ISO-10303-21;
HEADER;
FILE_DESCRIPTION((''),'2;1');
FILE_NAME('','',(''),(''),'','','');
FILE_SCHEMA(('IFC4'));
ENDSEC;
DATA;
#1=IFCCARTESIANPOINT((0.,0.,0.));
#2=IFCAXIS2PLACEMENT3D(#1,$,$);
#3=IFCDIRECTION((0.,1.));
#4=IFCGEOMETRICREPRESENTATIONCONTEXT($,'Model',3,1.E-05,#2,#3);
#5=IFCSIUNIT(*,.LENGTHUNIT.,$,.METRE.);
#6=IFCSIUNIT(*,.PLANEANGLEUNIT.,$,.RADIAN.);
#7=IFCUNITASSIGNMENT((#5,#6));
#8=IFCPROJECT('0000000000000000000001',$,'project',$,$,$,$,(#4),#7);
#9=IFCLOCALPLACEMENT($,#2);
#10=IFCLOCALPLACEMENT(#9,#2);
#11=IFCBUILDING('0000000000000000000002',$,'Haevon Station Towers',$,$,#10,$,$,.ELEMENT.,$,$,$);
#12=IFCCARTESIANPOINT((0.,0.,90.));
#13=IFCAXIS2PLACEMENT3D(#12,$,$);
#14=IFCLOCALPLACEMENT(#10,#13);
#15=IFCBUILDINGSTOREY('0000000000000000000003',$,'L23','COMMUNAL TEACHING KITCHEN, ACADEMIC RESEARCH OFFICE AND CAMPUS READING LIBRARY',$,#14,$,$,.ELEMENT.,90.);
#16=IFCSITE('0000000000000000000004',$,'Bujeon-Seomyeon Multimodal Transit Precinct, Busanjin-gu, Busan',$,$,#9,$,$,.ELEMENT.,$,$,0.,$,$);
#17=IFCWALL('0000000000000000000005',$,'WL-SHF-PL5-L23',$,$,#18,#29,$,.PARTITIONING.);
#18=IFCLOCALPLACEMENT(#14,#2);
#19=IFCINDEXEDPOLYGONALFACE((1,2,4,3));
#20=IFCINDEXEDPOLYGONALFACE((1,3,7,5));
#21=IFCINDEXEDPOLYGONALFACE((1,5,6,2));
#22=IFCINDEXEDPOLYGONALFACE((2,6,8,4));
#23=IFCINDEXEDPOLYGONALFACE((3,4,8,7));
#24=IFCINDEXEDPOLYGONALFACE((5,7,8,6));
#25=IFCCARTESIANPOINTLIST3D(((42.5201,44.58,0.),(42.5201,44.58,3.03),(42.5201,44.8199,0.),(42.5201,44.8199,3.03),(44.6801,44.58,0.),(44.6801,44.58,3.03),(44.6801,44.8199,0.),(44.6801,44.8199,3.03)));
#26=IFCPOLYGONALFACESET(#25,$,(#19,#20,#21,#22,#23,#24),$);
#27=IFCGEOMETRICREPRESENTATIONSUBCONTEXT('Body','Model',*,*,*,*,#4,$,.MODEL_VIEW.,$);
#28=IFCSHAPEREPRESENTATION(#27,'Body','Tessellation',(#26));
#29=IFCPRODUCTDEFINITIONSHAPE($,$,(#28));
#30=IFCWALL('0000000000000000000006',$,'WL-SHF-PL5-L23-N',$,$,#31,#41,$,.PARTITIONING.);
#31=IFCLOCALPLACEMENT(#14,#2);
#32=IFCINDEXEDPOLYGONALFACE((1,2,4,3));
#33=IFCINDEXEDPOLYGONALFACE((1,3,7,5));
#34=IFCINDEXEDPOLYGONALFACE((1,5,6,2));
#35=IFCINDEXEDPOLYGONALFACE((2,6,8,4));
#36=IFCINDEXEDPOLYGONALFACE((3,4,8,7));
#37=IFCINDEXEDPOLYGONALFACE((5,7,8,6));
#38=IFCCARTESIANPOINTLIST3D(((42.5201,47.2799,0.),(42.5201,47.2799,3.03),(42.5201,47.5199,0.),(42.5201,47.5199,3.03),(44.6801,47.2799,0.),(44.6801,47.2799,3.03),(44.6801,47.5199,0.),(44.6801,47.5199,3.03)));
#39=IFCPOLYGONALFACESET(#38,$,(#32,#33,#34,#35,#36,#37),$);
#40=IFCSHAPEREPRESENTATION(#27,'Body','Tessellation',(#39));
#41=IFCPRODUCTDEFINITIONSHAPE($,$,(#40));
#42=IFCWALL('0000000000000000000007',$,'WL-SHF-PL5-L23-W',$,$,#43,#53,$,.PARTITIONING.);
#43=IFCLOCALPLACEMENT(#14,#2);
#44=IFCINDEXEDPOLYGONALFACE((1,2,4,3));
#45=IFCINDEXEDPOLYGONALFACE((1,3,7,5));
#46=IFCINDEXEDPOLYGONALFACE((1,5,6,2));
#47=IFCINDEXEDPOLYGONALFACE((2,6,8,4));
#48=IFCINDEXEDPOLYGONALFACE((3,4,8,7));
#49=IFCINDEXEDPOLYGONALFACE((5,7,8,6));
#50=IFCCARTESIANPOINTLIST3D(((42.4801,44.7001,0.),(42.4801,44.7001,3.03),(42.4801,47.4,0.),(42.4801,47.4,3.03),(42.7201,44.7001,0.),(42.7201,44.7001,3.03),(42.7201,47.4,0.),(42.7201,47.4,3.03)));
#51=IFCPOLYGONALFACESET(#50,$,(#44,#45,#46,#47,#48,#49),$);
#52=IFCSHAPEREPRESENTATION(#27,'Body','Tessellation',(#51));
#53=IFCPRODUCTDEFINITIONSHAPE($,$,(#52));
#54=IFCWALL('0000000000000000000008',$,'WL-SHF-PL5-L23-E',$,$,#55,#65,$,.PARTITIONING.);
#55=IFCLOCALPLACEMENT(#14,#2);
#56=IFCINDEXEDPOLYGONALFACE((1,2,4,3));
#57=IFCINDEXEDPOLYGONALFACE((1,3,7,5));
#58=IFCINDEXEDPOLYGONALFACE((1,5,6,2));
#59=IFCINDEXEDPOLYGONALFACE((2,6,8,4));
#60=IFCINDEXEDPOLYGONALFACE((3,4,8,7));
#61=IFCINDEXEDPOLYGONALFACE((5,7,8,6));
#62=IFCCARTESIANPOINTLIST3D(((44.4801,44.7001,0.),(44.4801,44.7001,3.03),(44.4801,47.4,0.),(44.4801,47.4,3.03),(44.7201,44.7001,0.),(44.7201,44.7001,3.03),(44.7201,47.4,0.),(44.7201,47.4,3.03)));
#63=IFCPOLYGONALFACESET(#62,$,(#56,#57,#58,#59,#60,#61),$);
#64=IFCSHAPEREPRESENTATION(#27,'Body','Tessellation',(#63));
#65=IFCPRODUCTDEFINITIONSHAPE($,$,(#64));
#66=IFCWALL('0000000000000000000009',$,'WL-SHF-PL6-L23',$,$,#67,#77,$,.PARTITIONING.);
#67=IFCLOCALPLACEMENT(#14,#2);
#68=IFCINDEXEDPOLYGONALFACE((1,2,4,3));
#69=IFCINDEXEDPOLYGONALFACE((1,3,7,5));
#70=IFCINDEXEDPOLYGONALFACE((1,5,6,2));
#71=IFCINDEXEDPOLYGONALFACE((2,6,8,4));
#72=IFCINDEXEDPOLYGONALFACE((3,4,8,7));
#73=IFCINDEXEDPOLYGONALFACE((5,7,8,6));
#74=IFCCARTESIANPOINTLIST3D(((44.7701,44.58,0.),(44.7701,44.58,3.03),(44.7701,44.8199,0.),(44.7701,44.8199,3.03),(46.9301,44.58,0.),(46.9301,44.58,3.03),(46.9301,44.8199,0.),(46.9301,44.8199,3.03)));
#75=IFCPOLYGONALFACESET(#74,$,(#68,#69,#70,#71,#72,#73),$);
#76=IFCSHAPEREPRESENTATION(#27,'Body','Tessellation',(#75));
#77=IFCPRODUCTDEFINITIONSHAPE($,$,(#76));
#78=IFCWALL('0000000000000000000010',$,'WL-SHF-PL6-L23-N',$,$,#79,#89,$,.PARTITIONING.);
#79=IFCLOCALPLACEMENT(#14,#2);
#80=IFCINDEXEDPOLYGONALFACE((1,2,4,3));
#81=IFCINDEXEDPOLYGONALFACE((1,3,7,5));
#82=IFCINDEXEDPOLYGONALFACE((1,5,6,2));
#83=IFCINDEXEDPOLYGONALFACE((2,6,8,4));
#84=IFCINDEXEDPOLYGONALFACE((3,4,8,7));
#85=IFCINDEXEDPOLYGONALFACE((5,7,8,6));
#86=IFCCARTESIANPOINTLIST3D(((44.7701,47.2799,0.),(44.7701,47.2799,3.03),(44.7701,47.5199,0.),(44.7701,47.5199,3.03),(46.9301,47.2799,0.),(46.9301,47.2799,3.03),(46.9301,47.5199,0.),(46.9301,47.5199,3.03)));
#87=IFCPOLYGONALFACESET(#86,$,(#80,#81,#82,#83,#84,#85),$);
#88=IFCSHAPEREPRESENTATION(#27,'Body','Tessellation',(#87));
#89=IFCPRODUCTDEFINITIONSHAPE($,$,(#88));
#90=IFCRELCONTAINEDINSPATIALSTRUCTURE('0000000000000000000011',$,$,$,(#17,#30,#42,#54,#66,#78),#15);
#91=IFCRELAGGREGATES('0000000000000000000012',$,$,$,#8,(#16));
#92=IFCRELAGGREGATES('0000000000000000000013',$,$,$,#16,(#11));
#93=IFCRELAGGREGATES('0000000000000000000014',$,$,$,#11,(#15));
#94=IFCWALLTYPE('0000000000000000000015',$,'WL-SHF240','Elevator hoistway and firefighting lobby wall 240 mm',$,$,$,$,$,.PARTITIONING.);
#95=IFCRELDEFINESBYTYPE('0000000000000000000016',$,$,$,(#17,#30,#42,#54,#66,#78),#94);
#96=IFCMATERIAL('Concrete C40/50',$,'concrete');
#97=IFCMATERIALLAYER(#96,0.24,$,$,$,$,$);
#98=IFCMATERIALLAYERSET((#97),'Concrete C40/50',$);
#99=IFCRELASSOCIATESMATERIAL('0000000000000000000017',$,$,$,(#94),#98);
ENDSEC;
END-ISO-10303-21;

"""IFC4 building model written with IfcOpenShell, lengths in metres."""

from ifc_helpers import new_model, si_unit, direction, frame, frame_2d, origin, place, context, subcontext, project, spatial, rectangle, extrude, material, layer, layer_set, type_object, element, save


model = new_model("IFC4")

# Units and contexts
model_context = context("Model", 3, precision=1e-05, world=origin(), true_north=direction((0.0, 1.0)))
body_context = subcontext(model_context, "Body", "Model", "MODEL_VIEW")
ifc_project = project(units=[si_unit("LENGTHUNIT", "METRE"), si_unit("PLANEANGLEUNIT", "RADIAN")], contexts=[model_context])

# Site, building, storey
site_placement = place(None, origin())
site = spatial("IfcSite", under=ifc_project, at=site_placement, Name="Bujeon-Seomyeon Multimodal Transit Precinct, Busanjin-gu, Busan", CompositionType="ELEMENT", RefElevation=0.0)
building_placement = place(site_placement, origin())
building = spatial("IfcBuilding", under=site, at=building_placement, Name="Haevon Station Towers", CompositionType="ELEMENT")
storey_placement = place(building_placement, frame((0.0, 0.0, 90.0)))
storey = spatial("IfcBuildingStorey", under=building, at=storey_placement, Name="L23", Description="COMMUNAL TEACHING KITCHEN, ACADEMIC RESEARCH OFFICE AND CAMPUS READING LIBRARY", CompositionType="ELEMENT", Elevation=90.0)

# Shared definitions
ifc_material_1 = material(Name="Concrete C40/50", Category="concrete")
ifc_layer_1 = layer(ifc_material_1, 0.24)
ifc_layer_set_1 = layer_set([ifc_layer_1], Name="Concrete C40/50")
wall_type_1 = type_object("IfcWallType", Name="WL-SHF240", Description="Elevator hoistway and firefighting lobby wall 240 mm", PredefinedType="PARTITIONING", material=ifc_layer_set_1)

# Walls
for number, where, z_axis, x_axis, name in (
    (1, (42.52, 44.7, 0.0), (0.0, 0.0, 1.0), (1.0, 0.0, 0.0), "WL-SHF-PL5-L23"),
    (2, (42.52, 47.3999, 0.0), (0.0, 0.0, 1.0), (1.0, 0.0, 0.0), "WL-SHF-PL5-L23-N"),
):
    element("IfcWall", number, at=place(storey_placement, frame(where, z_axis=z_axis, x_axis=x_axis)), inside=storey, type_object=wall_type_1, Name=name, PredefinedType="PARTITIONING", context=body_context, shape_type="SweptSolid", body=[
        extrude(rectangle(XDim=2.1599, YDim=0.24, at=frame_2d((1.0801, 0.0))), origin(), (0.0, 0.0, 1.0), 3.03),
    ])
for number, where, z_axis, x_axis, name in (
    (3, (42.6001, 44.7, 0.0), (0.0, 0.0, 1.0), (0.0, 1.0, 0.0), "WL-SHF-PL5-L23-W"),
    (4, (44.6001, 44.7, 0.0), (0.0, 0.0, 1.0), (0.0, 1.0, 0.0), "WL-SHF-PL5-L23-E"),
):
    element("IfcWall", number, at=place(storey_placement, frame(where, z_axis=z_axis, x_axis=x_axis)), inside=storey, type_object=wall_type_1, Name=name, PredefinedType="PARTITIONING", context=body_context, shape_type="SweptSolid", body=[
        extrude(rectangle(XDim=2.7, YDim=0.24, at=frame_2d((1.3501, 0.0))), origin(), (0.0, 0.0, 1.0), 3.03),
    ])
for number, where, z_axis, x_axis, name in (
    (5, (44.77, 44.7, 0.0), (0.0, 0.0, 1.0), (1.0, 0.0, 0.0), "WL-SHF-PL6-L23"),
    (6, (44.77, 47.3999, 0.0), (0.0, 0.0, 1.0), (1.0, 0.0, 0.0), "WL-SHF-PL6-L23-N"),
):
    element("IfcWall", number, at=place(storey_placement, frame(where, z_axis=z_axis, x_axis=x_axis)), inside=storey, type_object=wall_type_1, Name=name, PredefinedType="PARTITIONING", context=body_context, shape_type="SweptSolid", body=[
        extrude(rectangle(XDim=2.1599, YDim=0.24, at=frame_2d((1.0801, 0.0))), origin(), (0.0, 0.0, 1.0), 3.03),
    ])

save(model, "model.ifc")
